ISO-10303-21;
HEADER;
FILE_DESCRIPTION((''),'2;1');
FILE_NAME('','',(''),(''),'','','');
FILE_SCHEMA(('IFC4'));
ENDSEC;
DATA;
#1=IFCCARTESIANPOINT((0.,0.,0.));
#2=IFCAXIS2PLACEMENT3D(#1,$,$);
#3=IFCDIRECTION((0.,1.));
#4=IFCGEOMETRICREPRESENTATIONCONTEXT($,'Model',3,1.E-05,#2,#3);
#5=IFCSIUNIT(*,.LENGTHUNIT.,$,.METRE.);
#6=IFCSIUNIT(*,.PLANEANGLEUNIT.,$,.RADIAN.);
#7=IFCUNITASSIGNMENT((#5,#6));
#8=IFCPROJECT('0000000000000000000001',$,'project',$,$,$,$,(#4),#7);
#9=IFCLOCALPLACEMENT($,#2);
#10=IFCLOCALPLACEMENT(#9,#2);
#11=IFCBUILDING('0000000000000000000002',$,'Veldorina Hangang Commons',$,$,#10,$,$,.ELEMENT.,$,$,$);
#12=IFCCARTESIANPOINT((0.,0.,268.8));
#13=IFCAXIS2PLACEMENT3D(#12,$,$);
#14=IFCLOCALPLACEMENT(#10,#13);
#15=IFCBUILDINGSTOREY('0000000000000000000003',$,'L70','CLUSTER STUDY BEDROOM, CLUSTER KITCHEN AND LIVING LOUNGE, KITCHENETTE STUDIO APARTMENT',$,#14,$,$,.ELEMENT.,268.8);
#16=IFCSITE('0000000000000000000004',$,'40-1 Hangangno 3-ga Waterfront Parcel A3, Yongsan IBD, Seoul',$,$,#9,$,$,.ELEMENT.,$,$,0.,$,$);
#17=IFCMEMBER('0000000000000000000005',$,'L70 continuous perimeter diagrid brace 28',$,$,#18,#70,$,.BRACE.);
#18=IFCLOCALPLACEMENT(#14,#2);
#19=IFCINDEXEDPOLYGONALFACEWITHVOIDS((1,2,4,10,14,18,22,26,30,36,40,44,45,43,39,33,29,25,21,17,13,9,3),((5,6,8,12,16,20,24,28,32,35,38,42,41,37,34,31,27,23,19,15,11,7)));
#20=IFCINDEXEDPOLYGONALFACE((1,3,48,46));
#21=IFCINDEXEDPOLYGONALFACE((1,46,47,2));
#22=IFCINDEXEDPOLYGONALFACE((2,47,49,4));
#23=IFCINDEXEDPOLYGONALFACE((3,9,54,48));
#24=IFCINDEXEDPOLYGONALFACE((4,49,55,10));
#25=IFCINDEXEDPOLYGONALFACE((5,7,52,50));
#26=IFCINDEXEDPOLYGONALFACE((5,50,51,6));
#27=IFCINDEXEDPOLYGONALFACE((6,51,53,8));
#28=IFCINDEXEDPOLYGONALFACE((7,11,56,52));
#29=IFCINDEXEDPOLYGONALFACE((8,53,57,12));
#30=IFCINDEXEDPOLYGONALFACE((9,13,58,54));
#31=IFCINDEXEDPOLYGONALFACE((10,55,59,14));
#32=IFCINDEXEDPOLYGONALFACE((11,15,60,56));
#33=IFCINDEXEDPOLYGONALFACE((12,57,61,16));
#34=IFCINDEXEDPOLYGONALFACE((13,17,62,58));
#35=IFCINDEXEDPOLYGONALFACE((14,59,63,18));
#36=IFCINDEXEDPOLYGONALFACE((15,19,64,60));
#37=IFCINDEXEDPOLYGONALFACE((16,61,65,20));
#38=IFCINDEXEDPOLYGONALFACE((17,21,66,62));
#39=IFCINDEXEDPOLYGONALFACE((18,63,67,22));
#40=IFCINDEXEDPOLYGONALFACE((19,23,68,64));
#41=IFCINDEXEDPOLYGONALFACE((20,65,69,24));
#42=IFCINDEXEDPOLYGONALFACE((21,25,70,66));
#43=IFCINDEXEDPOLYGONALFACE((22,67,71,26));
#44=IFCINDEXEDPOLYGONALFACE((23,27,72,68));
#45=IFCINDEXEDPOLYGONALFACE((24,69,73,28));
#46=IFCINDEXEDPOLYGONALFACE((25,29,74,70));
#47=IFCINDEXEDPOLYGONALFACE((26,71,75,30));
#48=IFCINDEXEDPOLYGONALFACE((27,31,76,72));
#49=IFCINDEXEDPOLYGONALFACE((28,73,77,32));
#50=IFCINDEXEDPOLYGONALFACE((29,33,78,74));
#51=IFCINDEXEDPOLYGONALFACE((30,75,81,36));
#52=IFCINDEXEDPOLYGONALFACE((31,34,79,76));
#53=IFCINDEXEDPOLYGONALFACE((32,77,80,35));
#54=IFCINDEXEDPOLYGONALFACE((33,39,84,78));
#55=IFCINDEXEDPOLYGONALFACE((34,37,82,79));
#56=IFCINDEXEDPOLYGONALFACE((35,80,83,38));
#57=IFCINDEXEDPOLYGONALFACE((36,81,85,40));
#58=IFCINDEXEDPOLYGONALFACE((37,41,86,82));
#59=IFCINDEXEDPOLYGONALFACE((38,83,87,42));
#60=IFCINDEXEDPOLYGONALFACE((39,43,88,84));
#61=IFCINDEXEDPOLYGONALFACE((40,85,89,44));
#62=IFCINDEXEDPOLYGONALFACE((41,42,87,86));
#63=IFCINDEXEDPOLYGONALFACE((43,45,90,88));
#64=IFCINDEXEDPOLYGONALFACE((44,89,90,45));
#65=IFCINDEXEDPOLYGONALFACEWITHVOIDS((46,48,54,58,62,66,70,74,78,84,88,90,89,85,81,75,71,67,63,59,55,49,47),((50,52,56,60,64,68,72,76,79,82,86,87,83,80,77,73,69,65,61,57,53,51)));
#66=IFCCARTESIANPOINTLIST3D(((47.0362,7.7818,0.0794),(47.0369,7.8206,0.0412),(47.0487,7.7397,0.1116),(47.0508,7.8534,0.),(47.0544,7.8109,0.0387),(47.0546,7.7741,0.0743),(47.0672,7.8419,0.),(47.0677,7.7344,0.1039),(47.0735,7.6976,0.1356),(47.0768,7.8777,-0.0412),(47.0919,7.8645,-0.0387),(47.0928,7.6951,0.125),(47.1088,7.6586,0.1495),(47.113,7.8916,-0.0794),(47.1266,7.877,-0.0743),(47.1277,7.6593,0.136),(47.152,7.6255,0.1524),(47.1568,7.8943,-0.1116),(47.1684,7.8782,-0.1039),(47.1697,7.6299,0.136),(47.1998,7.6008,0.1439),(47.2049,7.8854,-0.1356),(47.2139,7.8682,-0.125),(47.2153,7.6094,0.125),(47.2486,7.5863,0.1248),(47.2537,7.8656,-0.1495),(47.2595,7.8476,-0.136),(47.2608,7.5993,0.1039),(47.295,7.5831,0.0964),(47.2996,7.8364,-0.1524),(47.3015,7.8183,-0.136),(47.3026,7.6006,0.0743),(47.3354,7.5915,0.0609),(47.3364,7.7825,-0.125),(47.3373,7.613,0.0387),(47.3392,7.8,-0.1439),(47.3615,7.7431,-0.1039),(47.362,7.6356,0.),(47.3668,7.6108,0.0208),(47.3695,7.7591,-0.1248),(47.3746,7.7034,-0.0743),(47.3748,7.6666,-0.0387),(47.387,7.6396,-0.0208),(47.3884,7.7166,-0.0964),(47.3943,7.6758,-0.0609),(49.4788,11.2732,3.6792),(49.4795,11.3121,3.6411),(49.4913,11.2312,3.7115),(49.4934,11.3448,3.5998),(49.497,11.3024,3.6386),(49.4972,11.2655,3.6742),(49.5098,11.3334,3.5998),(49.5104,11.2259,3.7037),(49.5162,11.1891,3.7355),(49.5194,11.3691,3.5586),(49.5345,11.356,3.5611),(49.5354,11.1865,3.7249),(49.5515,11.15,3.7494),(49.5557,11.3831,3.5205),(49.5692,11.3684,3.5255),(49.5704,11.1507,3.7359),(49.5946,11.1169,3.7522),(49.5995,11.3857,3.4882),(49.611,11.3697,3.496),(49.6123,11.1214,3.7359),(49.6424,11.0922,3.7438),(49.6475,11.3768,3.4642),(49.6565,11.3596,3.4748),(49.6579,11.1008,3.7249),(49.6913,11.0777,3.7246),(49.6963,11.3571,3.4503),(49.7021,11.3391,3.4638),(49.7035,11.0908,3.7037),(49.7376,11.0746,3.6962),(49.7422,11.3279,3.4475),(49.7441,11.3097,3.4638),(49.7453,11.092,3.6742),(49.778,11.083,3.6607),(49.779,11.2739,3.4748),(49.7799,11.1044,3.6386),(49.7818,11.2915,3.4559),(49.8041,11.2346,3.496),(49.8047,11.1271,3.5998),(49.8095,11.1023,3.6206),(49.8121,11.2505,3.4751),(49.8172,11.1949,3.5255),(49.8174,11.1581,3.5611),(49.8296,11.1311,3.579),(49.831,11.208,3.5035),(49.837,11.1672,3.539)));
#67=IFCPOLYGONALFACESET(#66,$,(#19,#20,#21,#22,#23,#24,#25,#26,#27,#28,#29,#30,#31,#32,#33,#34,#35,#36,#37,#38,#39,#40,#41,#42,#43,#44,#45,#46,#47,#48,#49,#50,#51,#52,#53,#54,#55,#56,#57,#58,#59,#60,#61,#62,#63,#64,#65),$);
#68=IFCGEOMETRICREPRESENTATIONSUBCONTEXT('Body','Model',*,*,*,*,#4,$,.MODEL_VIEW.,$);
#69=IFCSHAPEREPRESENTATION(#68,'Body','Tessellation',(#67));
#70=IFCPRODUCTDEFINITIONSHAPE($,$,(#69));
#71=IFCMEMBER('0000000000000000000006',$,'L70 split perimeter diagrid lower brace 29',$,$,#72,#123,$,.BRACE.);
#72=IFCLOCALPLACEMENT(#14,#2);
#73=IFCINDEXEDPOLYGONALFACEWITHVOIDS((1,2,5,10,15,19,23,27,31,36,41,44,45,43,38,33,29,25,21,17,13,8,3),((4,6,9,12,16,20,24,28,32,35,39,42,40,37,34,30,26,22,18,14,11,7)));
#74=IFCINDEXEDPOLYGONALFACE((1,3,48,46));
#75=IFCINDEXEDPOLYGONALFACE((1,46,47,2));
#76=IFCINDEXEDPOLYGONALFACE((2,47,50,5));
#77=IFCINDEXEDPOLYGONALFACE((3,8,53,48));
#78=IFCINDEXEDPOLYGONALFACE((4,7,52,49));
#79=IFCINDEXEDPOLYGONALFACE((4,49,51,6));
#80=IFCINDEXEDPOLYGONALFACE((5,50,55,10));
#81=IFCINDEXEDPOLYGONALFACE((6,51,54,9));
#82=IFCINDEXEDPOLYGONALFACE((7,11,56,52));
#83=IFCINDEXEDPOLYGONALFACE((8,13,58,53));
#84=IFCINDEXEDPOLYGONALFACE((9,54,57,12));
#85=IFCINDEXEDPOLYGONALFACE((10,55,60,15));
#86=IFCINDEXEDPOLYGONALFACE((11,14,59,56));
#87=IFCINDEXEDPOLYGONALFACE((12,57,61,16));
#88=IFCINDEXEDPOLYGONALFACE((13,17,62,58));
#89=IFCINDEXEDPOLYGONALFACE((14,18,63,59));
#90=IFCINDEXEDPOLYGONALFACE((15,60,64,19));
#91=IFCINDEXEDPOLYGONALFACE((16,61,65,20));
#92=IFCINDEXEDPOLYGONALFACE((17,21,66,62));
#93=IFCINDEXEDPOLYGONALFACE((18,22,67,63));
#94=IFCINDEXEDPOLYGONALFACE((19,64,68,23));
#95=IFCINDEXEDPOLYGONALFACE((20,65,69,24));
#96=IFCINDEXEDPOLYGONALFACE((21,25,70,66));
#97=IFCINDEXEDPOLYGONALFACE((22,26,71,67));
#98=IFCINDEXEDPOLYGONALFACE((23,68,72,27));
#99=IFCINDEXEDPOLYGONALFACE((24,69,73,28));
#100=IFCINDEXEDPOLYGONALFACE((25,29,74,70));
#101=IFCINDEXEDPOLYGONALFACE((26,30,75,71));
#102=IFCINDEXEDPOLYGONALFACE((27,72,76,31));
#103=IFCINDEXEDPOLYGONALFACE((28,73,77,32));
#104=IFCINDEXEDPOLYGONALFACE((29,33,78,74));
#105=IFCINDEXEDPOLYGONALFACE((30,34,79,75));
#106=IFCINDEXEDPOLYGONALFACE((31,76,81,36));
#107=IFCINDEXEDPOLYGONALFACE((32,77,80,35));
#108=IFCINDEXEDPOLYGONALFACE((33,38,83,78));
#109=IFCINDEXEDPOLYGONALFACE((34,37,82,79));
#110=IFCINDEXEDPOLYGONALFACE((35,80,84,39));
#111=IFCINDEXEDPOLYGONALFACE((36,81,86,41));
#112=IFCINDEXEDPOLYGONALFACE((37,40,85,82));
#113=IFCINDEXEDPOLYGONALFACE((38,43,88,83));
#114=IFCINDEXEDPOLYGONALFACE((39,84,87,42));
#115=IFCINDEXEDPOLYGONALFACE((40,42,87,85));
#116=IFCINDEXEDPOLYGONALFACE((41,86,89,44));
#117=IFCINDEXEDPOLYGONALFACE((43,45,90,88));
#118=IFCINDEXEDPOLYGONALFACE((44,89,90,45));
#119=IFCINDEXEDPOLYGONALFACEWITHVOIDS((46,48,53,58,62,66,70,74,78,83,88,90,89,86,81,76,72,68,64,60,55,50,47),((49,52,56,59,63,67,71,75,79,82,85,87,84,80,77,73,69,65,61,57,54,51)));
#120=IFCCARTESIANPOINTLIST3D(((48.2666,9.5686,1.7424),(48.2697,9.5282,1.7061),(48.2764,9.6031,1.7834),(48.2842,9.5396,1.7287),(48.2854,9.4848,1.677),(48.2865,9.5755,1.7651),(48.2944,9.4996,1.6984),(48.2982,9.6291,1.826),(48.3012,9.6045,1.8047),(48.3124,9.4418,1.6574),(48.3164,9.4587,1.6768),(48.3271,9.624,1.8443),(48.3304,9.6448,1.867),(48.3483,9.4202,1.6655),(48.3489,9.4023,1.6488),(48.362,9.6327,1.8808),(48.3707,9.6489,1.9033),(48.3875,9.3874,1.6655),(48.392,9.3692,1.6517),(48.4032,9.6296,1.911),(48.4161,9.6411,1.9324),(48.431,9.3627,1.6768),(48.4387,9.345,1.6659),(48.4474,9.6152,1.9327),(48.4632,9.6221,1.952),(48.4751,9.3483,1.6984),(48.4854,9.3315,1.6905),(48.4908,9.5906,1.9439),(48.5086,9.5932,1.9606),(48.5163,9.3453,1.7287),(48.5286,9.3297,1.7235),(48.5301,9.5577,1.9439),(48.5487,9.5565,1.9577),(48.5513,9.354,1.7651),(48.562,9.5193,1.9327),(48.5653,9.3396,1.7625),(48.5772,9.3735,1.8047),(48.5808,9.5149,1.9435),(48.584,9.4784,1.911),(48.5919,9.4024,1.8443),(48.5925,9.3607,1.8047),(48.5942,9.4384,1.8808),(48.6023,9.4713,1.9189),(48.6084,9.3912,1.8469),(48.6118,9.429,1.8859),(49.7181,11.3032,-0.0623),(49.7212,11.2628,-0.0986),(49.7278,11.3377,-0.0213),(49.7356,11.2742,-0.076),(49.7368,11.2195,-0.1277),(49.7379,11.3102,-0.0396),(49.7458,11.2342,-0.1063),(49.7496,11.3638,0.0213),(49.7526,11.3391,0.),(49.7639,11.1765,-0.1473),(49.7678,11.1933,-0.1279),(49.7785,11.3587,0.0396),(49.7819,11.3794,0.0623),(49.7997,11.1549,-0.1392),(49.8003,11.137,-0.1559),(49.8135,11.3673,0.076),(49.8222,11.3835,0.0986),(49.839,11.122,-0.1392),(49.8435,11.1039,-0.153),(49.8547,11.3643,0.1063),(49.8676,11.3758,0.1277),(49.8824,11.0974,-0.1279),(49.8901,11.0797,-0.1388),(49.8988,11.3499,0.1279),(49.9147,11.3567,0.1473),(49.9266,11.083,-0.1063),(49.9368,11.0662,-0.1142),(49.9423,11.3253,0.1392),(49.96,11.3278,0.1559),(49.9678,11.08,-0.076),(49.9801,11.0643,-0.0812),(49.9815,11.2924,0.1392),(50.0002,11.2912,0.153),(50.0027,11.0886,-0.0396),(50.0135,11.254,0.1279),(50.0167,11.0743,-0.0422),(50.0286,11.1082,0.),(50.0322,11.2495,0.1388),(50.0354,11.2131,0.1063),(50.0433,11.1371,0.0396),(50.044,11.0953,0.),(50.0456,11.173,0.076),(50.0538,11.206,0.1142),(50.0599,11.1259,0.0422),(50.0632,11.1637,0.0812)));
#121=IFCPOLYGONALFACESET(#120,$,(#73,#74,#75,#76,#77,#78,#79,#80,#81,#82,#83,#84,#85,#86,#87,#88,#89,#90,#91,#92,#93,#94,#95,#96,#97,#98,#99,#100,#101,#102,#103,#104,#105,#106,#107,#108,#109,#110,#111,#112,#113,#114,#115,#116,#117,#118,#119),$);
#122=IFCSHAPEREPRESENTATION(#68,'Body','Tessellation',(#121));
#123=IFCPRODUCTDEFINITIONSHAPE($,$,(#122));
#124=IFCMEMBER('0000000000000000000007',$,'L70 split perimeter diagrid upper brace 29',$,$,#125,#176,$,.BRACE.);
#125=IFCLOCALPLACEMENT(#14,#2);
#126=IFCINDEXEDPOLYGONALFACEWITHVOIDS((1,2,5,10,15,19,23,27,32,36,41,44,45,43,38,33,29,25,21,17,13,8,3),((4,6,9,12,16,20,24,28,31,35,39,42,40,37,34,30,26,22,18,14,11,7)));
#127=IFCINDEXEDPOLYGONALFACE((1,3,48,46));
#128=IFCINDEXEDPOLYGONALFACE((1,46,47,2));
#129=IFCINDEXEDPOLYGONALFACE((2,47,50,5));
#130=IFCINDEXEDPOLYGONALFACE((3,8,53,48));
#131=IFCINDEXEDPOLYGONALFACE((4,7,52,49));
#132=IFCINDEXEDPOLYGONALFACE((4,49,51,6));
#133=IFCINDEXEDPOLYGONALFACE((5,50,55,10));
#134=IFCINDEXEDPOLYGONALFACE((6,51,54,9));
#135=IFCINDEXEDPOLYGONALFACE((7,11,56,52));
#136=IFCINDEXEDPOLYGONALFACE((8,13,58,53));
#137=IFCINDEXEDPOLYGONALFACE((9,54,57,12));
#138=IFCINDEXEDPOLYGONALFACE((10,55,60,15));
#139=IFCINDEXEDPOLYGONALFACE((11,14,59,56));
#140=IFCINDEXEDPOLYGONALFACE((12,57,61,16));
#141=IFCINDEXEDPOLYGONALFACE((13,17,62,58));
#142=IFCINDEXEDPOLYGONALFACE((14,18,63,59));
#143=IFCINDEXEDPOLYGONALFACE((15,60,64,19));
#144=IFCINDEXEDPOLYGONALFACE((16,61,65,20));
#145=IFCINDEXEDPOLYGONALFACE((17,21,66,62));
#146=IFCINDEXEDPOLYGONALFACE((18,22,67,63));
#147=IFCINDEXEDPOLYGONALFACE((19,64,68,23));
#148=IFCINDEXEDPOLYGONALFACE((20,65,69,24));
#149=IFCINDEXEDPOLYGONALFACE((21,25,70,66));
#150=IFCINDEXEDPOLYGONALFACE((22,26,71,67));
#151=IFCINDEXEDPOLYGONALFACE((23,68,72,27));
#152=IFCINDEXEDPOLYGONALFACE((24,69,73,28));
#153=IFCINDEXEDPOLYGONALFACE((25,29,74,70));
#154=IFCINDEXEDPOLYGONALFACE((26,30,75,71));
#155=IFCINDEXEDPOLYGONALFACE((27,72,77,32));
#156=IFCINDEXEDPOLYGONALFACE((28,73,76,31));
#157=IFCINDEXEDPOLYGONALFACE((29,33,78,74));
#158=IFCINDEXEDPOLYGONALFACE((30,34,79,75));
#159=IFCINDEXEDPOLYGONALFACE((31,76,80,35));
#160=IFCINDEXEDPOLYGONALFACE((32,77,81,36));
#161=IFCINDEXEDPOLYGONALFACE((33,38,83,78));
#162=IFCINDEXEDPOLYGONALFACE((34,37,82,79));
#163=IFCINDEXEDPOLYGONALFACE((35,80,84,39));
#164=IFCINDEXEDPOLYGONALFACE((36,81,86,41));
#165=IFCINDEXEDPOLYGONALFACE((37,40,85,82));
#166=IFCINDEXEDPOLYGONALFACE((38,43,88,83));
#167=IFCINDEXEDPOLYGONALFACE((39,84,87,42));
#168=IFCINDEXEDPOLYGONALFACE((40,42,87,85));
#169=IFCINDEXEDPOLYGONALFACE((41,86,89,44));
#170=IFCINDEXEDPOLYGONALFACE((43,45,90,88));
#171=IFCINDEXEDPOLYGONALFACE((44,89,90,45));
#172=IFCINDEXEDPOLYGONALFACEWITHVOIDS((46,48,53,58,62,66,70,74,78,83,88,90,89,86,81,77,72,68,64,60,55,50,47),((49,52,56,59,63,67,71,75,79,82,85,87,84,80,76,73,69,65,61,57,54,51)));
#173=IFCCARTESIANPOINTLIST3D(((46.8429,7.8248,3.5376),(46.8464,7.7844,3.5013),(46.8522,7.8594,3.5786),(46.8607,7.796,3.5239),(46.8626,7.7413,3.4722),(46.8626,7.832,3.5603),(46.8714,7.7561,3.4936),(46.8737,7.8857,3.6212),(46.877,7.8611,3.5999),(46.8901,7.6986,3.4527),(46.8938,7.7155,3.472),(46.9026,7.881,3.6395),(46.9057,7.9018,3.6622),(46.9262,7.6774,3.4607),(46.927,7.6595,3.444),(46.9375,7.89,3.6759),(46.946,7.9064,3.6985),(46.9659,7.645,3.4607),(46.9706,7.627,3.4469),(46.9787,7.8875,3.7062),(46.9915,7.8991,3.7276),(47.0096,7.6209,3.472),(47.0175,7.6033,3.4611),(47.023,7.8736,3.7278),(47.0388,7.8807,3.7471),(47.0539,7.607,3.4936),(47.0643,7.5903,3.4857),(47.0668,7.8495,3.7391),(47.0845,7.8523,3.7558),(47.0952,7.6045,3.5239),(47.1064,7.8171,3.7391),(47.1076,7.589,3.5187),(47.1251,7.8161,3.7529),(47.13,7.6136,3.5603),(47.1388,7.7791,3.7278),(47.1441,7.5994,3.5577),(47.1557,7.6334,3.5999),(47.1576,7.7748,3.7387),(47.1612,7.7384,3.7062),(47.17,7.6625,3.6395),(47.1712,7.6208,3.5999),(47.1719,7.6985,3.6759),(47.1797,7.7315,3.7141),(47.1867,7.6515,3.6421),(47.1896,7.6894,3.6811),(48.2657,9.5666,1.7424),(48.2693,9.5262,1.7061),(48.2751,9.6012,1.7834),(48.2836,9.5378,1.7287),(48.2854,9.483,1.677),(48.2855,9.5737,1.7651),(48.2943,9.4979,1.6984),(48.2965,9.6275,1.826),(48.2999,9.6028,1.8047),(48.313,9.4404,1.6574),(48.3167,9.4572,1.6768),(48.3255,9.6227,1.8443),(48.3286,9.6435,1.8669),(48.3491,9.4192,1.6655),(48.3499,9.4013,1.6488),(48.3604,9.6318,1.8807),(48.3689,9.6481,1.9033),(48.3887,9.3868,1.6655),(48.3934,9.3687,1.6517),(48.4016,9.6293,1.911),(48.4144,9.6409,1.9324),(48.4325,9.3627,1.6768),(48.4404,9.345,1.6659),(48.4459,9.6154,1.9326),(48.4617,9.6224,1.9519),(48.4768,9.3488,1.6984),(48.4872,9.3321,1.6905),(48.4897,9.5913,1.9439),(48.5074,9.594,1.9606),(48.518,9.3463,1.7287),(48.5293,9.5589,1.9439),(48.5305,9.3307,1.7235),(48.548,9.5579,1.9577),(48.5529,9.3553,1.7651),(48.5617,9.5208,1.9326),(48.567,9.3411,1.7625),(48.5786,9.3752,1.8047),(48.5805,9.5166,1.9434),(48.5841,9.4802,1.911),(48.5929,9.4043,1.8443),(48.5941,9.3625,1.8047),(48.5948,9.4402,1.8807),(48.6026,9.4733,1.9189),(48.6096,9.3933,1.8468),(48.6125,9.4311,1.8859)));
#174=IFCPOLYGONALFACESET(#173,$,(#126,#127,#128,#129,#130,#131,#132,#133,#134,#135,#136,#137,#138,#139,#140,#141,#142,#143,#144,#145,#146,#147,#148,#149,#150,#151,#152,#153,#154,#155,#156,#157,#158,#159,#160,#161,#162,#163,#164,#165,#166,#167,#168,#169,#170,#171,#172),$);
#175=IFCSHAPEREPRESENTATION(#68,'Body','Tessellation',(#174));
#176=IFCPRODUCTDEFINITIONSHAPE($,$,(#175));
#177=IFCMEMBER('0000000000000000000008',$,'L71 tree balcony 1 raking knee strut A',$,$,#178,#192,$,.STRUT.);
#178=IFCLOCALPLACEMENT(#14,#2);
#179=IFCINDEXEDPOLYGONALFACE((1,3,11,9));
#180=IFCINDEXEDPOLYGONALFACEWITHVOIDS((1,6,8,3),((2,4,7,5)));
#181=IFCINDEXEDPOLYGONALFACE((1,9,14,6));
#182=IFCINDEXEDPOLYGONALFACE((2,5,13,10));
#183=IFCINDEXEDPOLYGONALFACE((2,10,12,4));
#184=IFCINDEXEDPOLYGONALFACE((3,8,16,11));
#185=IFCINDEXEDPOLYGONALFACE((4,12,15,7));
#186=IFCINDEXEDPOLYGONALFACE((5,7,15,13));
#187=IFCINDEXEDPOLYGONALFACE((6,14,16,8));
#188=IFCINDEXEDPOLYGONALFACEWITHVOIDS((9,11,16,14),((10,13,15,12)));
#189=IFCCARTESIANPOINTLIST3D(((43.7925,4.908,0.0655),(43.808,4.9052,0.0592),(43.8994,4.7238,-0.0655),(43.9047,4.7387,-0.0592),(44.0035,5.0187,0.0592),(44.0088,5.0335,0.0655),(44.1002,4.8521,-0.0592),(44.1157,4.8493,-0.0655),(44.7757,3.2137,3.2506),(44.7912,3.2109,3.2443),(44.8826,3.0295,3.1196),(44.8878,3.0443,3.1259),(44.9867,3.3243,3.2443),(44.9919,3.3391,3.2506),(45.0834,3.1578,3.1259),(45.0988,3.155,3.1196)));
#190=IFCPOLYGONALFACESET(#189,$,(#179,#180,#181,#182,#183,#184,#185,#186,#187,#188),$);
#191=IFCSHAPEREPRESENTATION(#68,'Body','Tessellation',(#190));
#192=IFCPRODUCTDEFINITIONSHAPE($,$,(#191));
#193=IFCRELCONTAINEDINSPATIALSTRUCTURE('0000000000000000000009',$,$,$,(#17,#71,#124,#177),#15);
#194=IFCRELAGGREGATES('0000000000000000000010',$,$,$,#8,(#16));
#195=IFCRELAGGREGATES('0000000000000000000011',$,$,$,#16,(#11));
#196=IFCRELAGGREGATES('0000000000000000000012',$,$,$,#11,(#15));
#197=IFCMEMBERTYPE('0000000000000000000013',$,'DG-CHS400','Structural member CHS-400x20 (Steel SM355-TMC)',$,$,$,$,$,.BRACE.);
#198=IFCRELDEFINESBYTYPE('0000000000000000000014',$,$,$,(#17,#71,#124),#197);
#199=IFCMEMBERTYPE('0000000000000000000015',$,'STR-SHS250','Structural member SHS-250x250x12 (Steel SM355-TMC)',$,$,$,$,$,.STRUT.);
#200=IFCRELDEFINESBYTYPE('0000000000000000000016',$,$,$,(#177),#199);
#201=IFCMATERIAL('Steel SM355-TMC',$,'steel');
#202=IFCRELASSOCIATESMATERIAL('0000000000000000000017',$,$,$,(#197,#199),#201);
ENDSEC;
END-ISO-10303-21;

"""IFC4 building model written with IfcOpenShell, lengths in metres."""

from ifc_helpers import new_model, si_unit, direction, frame, origin, origin_2d, place, context, subcontext, project, spatial, hollow_rectangle, hollow_circle, extrude, material, material_profile, profile_set, type_object, element, save


model = new_model("IFC4")

# Units and contexts
model_context = context("Model", 3, precision=1e-05, world=origin(), true_north=direction((0.0, 1.0)))
body_context = subcontext(model_context, "Body", "Model", "MODEL_VIEW")
ifc_project = project(units=[si_unit("LENGTHUNIT", "METRE"), si_unit("PLANEANGLEUNIT", "RADIAN")], contexts=[model_context])

# Site, building, storey
site_placement = place(None, origin())
site = spatial("IfcSite", under=ifc_project, at=site_placement, Name="40-1 Hangangno 3-ga Waterfront Parcel A3, Yongsan IBD, Seoul", CompositionType="ELEMENT", RefElevation=0.0)
building_placement = place(site_placement, origin())
building = spatial("IfcBuilding", under=site, at=building_placement, Name="Veldorina Hangang Commons", CompositionType="ELEMENT")
storey_placement = place(building_placement, frame((0.0, 0.0, 268.8)))
storey = spatial("IfcBuildingStorey", under=building, at=storey_placement, Name="L70", Description="CLUSTER STUDY BEDROOM, CLUSTER KITCHEN AND LIVING LOUNGE, KITCHENETTE STUDIO APARTMENT", CompositionType="ELEMENT", Elevation=268.8)

# Shared definitions
ifc_material_1 = material(Name="Steel SM355-TMC", Category="steel")

# Members
ifc_material_profile_1 = material_profile(ifc_material_1, hollow_circle(Radius=0.2, WallThickness=0.02, at=origin_2d()), Name="CHS-400x20")
ifc_profile_set_1 = profile_set([ifc_material_profile_1], Name="Steel SM355-TMC")
member_type_1 = type_object("IfcMemberType", Name="DG-CHS400", Description="Structural member CHS-400x20 (Steel SM355-TMC)", PredefinedType="BRACE", material=ifc_profile_set_1)
member_1_placement = place(storey_placement, frame((47.2146, 7.7388, 0.0), z_axis=(0.437893, 0.625918, 0.64535), x_axis=(-0.819385, 0.573243, 0.0)))
element("IfcMember", 1, at=member_1_placement, inside=storey, type_object=member_type_1, Name="L70 continuous perimeter diagrid brace 28", PredefinedType="BRACE", context=body_context, shape_type="SweptSolid", body=[
    extrude(hollow_circle(Radius=0.2, WallThickness=0.02, at=origin_2d()), origin(), (0.0, 0.0, 1.0), 5.5781),
])
member_2_placement = place(storey_placement, frame((49.8906, 11.2236, 0.0), z_axis=(-0.501611, -0.599486, 0.623702), x_axis=(0.766937, -0.641723, 0.0)))
element("IfcMember", 2, at=member_2_placement, inside=storey, type_object=member_type_1, Name="L70 split perimeter diagrid lower brace 29", PredefinedType="BRACE", context=body_context, shape_type="SweptSolid", body=[
    extrude(hollow_circle(Radius=0.2, WallThickness=0.02, at=origin_2d()), origin(), (0.0, 0.0, 1.0), 2.8936),
])
member_3_placement = place(storey_placement, frame((48.4392, 9.489, 1.8047), z_axis=(-0.494456, -0.605259, 0.623839), x_axis=(0.774431, -0.632658, 0.0)))
element("IfcMember", 3, at=member_3_placement, inside=storey, type_object=member_type_1, Name="L70 split perimeter diagrid upper brace 29", PredefinedType="BRACE", context=body_context, shape_type="SweptSolid", body=[
    extrude(hollow_circle(Radius=0.2, WallThickness=0.02, at=origin_2d()), origin(), (0.0, 0.0, 1.0), 2.8777),
])
ifc_material_profile_2 = material_profile(ifc_material_1, hollow_rectangle(XDim=0.25, YDim=0.25, WallThickness=0.012, at=origin_2d()), Name="SHS-250x250x12")
ifc_profile_set_2 = profile_set([ifc_material_profile_2], Name="Steel SM355-TMC")
member_type_2 = type_object("IfcMemberType", Name="STR-SHS250", Description="Structural member SHS-250x250x12 (Steel SM355-TMC)", PredefinedType="STRUT", material=ifc_profile_set_2)
member_4_placement = place(storey_placement, frame((43.9541, 4.8787, 0.0), z_axis=(0.262928, -0.453122, 0.851792), x_axis=(0.864934, 0.501886, 0.0)))
element("IfcMember", 4, at=member_4_placement, inside=storey, type_object=member_type_2, Name="L71 tree balcony 1 raking knee strut A", PredefinedType="STRUT", context=body_context, shape_type="SweptSolid", body=[
    extrude(hollow_rectangle(XDim=0.25, YDim=0.25, WallThickness=0.012, at=origin_2d()), origin(), (0.0, 0.0, 1.0), 3.7393),
])

save(model, "model.ifc")
